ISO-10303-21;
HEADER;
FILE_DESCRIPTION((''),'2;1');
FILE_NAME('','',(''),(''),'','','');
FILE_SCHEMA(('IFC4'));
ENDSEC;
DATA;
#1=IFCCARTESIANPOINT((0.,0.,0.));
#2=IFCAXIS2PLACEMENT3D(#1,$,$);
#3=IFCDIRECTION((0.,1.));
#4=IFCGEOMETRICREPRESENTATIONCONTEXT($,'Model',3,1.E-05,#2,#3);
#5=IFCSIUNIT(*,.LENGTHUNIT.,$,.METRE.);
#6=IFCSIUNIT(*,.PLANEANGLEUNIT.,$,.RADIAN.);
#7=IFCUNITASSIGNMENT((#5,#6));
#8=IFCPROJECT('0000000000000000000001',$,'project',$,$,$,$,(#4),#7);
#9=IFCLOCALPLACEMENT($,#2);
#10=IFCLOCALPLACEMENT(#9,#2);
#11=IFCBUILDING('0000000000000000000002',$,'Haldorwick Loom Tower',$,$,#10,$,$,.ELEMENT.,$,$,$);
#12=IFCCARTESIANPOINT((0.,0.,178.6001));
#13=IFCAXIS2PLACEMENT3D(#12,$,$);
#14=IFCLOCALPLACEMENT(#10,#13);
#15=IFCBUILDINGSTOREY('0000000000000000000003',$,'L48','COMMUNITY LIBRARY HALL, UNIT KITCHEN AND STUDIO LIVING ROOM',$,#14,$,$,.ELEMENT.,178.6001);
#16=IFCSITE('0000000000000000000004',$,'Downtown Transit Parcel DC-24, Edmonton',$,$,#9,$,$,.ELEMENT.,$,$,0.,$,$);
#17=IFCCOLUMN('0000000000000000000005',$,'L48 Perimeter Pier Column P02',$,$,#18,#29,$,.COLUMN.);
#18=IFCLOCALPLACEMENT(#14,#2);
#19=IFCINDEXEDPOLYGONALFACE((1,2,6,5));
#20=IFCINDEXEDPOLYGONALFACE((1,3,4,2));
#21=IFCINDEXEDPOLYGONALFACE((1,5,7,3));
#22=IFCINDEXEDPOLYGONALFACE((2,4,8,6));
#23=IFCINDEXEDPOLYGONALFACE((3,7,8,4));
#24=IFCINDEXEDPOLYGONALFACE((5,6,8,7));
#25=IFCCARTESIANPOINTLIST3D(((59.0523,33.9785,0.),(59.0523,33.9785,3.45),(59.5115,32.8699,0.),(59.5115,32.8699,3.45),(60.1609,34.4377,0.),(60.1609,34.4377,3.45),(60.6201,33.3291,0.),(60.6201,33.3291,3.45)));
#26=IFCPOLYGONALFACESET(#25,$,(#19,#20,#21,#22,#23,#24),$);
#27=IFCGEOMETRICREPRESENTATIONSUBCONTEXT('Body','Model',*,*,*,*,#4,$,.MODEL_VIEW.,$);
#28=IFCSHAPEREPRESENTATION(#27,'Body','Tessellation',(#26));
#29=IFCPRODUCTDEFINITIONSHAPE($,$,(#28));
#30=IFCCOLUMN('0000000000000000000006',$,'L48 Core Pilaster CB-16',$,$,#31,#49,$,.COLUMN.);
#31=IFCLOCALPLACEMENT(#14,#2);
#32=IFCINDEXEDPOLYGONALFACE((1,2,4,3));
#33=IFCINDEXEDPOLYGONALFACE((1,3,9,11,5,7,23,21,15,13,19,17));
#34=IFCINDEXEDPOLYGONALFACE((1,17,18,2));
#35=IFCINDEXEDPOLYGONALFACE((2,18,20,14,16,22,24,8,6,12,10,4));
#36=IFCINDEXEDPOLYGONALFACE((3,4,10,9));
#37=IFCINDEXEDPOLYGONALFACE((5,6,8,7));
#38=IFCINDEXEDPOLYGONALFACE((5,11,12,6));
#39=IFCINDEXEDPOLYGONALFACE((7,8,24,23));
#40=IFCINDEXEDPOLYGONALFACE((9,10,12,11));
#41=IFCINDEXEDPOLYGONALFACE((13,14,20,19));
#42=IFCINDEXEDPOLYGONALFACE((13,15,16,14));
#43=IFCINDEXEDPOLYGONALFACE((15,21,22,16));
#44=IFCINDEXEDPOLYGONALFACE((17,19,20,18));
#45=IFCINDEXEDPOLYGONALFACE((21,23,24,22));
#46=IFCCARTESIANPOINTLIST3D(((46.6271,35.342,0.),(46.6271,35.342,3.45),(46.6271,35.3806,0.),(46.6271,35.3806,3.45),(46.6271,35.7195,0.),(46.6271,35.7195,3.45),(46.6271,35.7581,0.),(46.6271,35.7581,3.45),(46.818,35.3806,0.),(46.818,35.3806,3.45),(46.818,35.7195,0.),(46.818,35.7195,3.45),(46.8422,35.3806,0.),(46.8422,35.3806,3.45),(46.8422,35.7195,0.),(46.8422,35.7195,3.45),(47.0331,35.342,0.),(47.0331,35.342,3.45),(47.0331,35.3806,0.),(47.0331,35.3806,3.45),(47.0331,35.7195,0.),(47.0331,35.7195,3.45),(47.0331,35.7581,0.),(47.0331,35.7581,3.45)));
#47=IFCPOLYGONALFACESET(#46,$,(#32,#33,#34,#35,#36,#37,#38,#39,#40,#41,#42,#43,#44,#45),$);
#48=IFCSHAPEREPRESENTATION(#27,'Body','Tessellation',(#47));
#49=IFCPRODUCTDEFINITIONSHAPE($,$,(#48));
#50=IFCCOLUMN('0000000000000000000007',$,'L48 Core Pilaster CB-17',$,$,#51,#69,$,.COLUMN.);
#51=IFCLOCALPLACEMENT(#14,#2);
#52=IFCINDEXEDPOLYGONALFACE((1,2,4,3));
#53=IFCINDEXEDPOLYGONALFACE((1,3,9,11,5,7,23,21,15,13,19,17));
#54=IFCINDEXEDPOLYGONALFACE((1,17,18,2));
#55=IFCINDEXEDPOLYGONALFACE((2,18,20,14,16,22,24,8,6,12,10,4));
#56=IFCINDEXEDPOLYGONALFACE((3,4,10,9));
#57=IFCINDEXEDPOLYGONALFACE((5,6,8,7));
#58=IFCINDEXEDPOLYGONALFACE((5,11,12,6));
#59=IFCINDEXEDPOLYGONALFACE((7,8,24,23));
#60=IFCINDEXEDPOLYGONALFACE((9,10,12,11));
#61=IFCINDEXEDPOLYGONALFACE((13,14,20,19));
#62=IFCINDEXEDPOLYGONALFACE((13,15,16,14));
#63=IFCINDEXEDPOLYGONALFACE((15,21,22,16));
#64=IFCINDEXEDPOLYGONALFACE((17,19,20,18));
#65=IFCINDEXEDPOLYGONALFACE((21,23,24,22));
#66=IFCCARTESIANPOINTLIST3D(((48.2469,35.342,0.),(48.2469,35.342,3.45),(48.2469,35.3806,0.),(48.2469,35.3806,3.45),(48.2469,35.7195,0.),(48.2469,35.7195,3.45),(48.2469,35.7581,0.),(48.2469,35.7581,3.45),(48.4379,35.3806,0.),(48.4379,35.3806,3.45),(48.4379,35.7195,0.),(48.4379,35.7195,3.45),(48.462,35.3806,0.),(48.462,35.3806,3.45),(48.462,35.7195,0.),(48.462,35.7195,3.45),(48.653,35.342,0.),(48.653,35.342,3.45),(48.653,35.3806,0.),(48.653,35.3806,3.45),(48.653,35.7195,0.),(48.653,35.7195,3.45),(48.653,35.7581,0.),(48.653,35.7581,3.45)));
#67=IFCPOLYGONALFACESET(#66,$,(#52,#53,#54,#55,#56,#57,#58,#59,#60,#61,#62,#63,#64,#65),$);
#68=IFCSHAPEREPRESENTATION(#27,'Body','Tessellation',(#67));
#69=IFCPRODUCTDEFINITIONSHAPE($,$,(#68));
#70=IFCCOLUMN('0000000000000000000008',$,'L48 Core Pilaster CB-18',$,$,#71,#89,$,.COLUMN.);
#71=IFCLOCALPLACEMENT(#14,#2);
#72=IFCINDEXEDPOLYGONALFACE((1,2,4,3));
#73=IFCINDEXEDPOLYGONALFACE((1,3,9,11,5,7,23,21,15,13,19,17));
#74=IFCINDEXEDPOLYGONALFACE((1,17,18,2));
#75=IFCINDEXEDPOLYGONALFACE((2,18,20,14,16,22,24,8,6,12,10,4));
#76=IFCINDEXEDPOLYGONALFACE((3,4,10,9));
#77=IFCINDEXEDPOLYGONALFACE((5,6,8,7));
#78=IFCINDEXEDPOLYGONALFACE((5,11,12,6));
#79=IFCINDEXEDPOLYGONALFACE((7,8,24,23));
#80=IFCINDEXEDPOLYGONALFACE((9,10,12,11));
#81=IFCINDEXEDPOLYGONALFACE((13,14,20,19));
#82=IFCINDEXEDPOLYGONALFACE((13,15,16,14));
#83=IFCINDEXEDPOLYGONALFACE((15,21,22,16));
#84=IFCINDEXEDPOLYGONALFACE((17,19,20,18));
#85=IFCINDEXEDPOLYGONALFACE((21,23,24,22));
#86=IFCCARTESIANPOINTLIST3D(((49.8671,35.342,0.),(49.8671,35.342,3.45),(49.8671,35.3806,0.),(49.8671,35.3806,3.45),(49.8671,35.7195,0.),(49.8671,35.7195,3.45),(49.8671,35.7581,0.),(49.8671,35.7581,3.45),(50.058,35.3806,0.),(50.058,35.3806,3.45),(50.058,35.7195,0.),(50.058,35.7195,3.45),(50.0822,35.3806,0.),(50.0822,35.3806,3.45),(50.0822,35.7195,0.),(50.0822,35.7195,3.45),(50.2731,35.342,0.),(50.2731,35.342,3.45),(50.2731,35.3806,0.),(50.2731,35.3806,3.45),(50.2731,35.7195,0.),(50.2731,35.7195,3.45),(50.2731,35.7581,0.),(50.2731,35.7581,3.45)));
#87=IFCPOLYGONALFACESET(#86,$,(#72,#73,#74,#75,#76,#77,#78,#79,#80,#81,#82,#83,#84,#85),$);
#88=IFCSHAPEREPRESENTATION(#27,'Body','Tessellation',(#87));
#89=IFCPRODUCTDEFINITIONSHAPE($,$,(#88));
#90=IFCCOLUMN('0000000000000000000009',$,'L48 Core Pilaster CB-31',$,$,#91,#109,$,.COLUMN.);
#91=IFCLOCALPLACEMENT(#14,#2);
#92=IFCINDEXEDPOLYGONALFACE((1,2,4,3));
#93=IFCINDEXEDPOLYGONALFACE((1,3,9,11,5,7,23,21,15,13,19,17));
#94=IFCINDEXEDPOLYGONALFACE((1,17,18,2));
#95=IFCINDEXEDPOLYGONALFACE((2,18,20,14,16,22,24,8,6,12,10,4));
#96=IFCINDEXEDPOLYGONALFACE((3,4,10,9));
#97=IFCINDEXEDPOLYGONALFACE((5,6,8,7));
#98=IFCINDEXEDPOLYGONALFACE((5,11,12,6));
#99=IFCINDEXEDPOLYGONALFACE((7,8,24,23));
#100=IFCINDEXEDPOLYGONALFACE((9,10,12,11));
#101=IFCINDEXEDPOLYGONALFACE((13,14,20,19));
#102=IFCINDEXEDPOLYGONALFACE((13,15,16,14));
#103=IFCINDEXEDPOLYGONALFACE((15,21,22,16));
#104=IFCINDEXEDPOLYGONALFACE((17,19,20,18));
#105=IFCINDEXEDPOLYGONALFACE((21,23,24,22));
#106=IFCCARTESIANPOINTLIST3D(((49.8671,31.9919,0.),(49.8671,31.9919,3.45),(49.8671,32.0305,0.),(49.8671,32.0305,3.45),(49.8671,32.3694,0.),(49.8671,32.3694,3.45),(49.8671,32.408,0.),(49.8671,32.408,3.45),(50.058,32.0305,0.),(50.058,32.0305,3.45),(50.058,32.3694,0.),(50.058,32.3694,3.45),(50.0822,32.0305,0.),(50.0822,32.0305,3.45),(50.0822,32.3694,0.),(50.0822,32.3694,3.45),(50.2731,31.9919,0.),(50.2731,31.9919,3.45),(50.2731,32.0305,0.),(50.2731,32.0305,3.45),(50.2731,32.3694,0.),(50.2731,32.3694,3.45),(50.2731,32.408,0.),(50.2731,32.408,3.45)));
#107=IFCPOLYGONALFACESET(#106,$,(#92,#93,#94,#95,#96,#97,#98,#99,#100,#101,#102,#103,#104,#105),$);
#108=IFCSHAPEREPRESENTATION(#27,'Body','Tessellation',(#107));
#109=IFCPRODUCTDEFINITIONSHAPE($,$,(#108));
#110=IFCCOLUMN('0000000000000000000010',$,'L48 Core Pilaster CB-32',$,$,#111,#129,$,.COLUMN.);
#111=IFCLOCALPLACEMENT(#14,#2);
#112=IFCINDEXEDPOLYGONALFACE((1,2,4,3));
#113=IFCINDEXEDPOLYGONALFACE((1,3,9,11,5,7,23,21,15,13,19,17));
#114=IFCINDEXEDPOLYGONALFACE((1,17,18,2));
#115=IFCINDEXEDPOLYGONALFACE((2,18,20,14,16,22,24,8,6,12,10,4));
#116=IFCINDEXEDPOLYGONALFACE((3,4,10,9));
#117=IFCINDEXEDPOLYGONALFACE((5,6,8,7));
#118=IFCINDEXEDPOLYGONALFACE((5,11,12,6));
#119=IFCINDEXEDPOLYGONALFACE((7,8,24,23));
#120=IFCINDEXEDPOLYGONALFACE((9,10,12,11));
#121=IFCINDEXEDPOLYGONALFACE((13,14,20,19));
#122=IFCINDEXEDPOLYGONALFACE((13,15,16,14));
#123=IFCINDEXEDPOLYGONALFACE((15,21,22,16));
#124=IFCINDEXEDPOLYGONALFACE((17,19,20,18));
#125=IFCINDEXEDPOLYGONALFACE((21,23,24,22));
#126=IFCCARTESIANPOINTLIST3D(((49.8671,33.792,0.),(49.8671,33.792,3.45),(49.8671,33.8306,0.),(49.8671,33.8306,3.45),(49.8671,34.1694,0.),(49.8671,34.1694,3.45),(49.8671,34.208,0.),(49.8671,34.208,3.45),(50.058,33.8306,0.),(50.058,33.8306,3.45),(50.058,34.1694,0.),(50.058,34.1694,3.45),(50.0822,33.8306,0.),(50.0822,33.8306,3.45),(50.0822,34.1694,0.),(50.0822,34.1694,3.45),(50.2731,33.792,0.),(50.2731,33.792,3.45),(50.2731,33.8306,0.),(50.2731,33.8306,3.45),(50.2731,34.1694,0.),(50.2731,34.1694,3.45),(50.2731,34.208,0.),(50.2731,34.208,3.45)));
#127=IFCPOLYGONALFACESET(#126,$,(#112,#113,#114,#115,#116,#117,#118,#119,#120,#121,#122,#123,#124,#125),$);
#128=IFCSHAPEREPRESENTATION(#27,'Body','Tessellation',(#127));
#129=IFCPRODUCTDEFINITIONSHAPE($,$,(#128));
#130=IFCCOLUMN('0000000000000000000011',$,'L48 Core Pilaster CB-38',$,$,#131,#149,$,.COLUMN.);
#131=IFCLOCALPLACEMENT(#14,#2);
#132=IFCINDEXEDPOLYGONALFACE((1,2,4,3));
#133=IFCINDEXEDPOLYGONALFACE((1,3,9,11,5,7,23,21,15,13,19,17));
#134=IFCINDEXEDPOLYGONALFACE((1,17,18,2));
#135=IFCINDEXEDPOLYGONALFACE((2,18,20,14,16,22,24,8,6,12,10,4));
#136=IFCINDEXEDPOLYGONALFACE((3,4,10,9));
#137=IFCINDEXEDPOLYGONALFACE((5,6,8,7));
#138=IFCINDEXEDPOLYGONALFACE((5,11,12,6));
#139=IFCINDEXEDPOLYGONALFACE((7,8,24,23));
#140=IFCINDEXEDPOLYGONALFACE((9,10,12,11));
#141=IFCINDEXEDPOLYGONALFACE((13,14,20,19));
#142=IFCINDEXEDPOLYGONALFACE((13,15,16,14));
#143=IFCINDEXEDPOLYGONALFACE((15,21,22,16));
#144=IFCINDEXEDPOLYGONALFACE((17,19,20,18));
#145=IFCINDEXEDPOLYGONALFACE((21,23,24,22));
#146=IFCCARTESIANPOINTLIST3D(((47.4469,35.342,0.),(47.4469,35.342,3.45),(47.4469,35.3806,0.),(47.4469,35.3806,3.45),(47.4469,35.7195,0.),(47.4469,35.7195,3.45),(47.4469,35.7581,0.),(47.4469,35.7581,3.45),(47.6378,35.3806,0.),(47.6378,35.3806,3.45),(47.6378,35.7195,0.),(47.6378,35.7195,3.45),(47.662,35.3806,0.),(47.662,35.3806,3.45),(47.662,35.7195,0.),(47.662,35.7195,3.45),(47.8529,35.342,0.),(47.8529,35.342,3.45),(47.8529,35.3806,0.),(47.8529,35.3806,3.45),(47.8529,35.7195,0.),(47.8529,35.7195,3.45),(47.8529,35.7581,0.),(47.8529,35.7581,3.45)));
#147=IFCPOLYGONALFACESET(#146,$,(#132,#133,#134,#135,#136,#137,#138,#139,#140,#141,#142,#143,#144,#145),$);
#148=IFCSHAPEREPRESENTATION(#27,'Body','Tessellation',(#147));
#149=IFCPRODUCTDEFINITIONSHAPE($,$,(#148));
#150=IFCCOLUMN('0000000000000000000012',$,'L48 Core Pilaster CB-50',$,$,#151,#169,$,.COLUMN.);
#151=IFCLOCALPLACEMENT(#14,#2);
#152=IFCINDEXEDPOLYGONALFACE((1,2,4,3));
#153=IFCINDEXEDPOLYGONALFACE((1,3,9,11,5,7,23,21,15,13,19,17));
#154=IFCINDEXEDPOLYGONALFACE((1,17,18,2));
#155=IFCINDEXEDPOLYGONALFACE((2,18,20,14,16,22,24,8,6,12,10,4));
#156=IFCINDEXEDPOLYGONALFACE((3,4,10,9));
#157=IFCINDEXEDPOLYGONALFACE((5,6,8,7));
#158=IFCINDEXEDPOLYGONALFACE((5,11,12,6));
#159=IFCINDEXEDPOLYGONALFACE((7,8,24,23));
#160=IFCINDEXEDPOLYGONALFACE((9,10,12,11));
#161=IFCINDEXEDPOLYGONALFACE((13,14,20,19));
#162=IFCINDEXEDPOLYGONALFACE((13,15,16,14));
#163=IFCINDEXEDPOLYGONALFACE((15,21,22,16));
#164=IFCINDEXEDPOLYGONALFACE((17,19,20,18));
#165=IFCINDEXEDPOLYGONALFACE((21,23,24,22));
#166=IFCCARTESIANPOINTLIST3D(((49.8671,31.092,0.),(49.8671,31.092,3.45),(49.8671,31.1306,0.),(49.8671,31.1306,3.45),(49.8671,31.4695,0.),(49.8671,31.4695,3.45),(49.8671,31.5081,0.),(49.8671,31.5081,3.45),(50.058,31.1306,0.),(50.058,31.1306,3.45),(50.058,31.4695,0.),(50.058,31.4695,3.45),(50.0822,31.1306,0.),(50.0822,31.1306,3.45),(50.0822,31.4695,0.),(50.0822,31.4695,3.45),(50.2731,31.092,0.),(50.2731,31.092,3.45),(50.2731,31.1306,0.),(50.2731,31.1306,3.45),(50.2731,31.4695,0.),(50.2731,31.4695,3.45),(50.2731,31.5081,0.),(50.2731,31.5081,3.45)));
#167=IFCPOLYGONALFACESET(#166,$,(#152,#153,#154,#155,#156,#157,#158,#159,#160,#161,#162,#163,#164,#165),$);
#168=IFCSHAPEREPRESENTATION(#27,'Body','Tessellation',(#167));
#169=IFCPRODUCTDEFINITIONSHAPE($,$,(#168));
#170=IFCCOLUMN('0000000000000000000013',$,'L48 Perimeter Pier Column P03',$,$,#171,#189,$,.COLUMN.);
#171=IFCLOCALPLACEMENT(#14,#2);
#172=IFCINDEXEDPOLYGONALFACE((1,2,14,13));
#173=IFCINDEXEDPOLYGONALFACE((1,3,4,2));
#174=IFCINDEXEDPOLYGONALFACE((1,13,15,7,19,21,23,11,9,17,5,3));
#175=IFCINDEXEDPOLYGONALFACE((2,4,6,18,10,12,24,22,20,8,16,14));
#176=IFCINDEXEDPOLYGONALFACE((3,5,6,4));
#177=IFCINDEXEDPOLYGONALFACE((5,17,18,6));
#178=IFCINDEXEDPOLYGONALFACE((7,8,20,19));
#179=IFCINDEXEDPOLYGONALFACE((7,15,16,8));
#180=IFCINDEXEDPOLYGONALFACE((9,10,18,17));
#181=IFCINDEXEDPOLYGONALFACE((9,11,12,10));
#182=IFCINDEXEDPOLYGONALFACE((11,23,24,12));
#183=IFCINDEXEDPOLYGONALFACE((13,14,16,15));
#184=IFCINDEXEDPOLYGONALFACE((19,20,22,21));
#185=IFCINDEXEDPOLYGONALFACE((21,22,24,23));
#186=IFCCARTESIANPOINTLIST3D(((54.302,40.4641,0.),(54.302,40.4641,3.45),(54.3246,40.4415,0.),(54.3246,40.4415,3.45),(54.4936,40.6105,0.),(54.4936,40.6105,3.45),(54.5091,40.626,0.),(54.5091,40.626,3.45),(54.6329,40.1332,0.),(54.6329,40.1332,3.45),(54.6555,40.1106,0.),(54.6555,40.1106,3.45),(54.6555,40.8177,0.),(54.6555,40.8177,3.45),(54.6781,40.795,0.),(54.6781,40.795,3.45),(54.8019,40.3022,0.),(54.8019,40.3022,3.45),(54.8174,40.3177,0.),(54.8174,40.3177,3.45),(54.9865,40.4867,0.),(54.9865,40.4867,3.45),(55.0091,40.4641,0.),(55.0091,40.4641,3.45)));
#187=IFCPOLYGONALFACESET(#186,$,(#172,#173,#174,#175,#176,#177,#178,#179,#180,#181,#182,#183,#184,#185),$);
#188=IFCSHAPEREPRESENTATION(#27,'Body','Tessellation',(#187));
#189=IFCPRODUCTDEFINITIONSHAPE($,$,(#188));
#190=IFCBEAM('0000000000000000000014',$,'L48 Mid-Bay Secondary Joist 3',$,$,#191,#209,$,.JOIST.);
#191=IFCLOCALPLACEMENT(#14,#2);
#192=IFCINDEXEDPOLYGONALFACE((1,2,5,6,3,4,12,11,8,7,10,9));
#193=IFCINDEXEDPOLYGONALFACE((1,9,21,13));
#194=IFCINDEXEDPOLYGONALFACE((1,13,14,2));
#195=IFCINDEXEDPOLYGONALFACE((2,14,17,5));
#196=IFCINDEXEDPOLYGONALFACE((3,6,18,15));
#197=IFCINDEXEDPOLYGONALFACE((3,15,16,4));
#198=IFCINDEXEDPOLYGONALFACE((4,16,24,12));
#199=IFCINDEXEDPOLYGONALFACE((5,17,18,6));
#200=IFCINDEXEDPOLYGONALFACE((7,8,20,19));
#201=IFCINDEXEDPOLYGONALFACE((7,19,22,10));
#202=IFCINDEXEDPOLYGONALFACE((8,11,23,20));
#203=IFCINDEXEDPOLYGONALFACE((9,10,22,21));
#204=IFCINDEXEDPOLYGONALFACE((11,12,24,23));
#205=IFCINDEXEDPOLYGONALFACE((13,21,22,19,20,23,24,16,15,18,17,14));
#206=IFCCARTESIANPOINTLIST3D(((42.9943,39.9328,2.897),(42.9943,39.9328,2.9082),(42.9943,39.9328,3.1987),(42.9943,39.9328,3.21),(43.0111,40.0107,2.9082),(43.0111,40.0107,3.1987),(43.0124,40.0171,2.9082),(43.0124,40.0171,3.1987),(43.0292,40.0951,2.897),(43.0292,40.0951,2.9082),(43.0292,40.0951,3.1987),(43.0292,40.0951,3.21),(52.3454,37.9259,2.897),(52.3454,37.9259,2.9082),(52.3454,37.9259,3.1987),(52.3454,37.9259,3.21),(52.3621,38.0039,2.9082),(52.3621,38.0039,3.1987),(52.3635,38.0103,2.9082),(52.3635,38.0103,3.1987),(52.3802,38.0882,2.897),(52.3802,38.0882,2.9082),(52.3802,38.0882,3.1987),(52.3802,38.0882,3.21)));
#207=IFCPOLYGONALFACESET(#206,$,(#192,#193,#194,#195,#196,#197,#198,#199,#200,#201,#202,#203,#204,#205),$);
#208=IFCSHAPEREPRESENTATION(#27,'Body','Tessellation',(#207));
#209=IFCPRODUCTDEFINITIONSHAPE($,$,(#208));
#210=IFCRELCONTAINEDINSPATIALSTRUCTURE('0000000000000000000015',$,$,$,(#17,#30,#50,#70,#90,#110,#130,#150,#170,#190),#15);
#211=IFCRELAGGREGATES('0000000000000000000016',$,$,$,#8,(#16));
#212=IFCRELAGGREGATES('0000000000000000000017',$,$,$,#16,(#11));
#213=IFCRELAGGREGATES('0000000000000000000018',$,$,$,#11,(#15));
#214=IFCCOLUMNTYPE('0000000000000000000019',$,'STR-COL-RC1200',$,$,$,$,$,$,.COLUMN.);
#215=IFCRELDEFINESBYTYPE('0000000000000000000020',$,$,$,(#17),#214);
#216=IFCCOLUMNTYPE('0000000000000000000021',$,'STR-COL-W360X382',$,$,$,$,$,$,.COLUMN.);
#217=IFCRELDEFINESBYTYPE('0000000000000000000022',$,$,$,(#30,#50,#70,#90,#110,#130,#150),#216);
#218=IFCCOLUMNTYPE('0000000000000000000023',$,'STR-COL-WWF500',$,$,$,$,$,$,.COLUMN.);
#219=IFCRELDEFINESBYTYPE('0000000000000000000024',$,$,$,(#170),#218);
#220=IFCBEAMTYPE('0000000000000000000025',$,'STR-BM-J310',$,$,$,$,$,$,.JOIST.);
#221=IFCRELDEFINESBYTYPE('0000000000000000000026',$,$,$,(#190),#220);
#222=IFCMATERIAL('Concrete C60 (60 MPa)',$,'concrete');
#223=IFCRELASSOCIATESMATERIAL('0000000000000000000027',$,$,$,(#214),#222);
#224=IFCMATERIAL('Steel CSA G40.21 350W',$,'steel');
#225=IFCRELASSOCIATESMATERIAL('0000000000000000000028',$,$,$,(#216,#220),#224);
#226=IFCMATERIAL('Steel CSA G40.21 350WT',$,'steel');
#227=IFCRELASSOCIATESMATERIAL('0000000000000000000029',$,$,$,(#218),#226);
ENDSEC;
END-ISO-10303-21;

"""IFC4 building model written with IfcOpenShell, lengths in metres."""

from ifc_helpers import new_model, si_unit, direction, frame, origin, origin_2d, place, context, subcontext, project, spatial, rectangle, i_section, extrude, material, material_profile, profile_set, type_object, element, save


model = new_model("IFC4")

# Units and contexts
model_context = context("Model", 3, precision=1e-05, world=origin(), true_north=direction((0.0, 1.0)))
body_context = subcontext(model_context, "Body", "Model", "MODEL_VIEW")
ifc_project = project(units=[si_unit("LENGTHUNIT", "METRE"), si_unit("PLANEANGLEUNIT", "RADIAN")], contexts=[model_context])

# Site, building, storey
site_placement = place(None, origin())
site = spatial("IfcSite", under=ifc_project, at=site_placement, Name="Downtown Transit Parcel DC-24, Edmonton", CompositionType="ELEMENT", RefElevation=0.0)
building_placement = place(site_placement, origin())
building = spatial("IfcBuilding", under=site, at=building_placement, Name="Haldorwick Loom Tower", CompositionType="ELEMENT")
storey_placement = place(building_placement, frame((0.0, 0.0, 178.6001)))
storey = spatial("IfcBuildingStorey", under=building, at=storey_placement, Name="L48", Description="COMMUNITY LIBRARY HALL, UNIT KITCHEN AND STUDIO LIVING ROOM", CompositionType="ELEMENT", Elevation=178.6001)

# Columns
ifc_material_1 = material(Name="Concrete C60 (60 MPa)", Category="concrete")
ifc_material_profile_1 = material_profile(ifc_material_1, rectangle(XDim=1.2, YDim=1.2, at=origin_2d()), Name="RC1200X1200", Category="concrete")
ifc_profile_set_1 = profile_set([ifc_material_profile_1], Name="Concrete C60 (60 MPa)")
column_type_1 = type_object("IfcColumnType", Name="STR-COL-RC1200", PredefinedType="COLUMN", material=ifc_profile_set_1)
column_1_placement = place(storey_placement, frame((59.8362, 33.6538, 0.0), z_axis=(0.0, 0.0, 1.0), x_axis=(0.92388, 0.382683, 0.0)))
element("IfcColumn", 1, at=column_1_placement, inside=storey, type_object=column_type_1, Name="L48 Perimeter Pier Column P02", PredefinedType="COLUMN", context=body_context, shape_type="SweptSolid", body=[
    extrude(rectangle(XDim=1.2, YDim=1.2, at=origin_2d()), origin(), (0.0, 0.0, 1.0), 3.45),
])
ifc_material_2 = material(Name="Steel CSA G40.21 350W", Category="steel")
ifc_material_profile_2 = material_profile(ifc_material_2, i_section(OverallWidth=0.406, OverallDepth=0.416, WebThickness=0.0242, FlangeThickness=0.0386, at=origin_2d()), Name="W360X382", Category="steel")
ifc_profile_set_2 = profile_set([ifc_material_profile_2], Name="Steel CSA G40.21 350W")
column_type_2 = type_object("IfcColumnType", Name="STR-COL-W360X382", PredefinedType="COLUMN", material=ifc_profile_set_2)
for number, where, z_axis, x_axis, name in (
    (2, (46.8301, 35.55, 0.0), (0.0, 0.0, 1.0), (1.0, 0.0, 0.0), "L48 Core Pilaster CB-16"),
    (3, (48.45, 35.55, 0.0), (0.0, 0.0, 1.0), (1.0, 0.0, 0.0), "L48 Core Pilaster CB-17"),
    (4, (50.0701, 35.55, 0.0), (0.0, 0.0, 1.0), (1.0, 0.0, 0.0), "L48 Core Pilaster CB-18"),
    (5, (50.0701, 32.2, 0.0), (0.0, 0.0, 1.0), (1.0, 0.0, 0.0), "L48 Core Pilaster CB-31"),
    (6, (50.0701, 34.0, 0.0), (0.0, 0.0, 1.0), (1.0, 0.0, 0.0), "L48 Core Pilaster CB-32"),
    (7, (47.6499, 35.55, 0.0), (0.0, 0.0, 1.0), (1.0, 0.0, 0.0), "L48 Core Pilaster CB-38"),
    (8, (50.0701, 31.3, 0.0), (0.0, 0.0, 1.0), (1.0, 0.0, 0.0), "L48 Core Pilaster CB-50"),
):
    element("IfcColumn", number, at=place(storey_placement, frame(where, z_axis=z_axis, x_axis=x_axis)), inside=storey, type_object=column_type_2, Name=name, PredefinedType="COLUMN", context=body_context, shape_type="SweptSolid", body=[
        extrude(i_section(OverallWidth=0.406, OverallDepth=0.416, WebThickness=0.0242, FlangeThickness=0.0386, at=origin_2d()), origin(), (0.0, 0.0, 1.0), 3.45),
    ])
ifc_material_3 = material(Name="Steel CSA G40.21 350WT", Category="steel")
ifc_material_profile_3 = material_profile(ifc_material_3, i_section(OverallWidth=0.5, OverallDepth=0.5, WebThickness=0.022, FlangeThickness=0.032, at=origin_2d()), Name="WWF500X500", Category="steel")
ifc_profile_set_3 = profile_set([ifc_material_profile_3], Name="Steel CSA G40.21 350WT")
column_type_3 = type_object("IfcColumnType", Name="STR-COL-WWF500", PredefinedType="COLUMN", material=ifc_profile_set_3)
column_2_placement = place(storey_placement, frame((54.6555, 40.4641, 0.0), z_axis=(0.0, 0.0, 1.0), x_axis=(0.707107, 0.707107, 0.0)))
element("IfcColumn", 9, at=column_2_placement, inside=storey, type_object=column_type_3, Name="L48 Perimeter Pier Column P03", PredefinedType="COLUMN", context=body_context, shape_type="SweptSolid", body=[
    extrude(i_section(OverallWidth=0.5, OverallDepth=0.5, WebThickness=0.022, FlangeThickness=0.032, at=origin_2d()), origin(), (0.0, 0.0, 1.0), 3.45),
])

# Beam
ifc_material_profile_4 = material_profile(ifc_material_2, i_section(OverallWidth=0.166, OverallDepth=0.313, WebThickness=0.0066, FlangeThickness=0.0112, at=origin_2d()), Name="W310X45", Category="steel")
ifc_profile_set_4 = profile_set([ifc_material_profile_4], Name="Steel CSA G40.21 350W")
beam_type_1 = type_object("IfcBeamType", Name="STR-BM-J310", PredefinedType="JOIST", material=ifc_profile_set_4)
beam_1_placement = place(storey_placement, frame((52.3628, 38.0071, 3.0535), z_axis=(-0.977737, 0.209832, 0.0), x_axis=(-0.209832, -0.977737, 0.0)))
element("IfcBeam", 10, at=beam_1_placement, inside=storey, type_object=beam_type_1, Name="L48 Mid-Bay Secondary Joist 3", PredefinedType="JOIST", context=body_context, shape_type="SweptSolid", body=[
    extrude(i_section(OverallWidth=0.166, OverallDepth=0.313, WebThickness=0.0066, FlangeThickness=0.0112, at=origin_2d()), origin(), (0.0, 0.0, 1.0), 9.564),
])

save(model, "model.ifc")
